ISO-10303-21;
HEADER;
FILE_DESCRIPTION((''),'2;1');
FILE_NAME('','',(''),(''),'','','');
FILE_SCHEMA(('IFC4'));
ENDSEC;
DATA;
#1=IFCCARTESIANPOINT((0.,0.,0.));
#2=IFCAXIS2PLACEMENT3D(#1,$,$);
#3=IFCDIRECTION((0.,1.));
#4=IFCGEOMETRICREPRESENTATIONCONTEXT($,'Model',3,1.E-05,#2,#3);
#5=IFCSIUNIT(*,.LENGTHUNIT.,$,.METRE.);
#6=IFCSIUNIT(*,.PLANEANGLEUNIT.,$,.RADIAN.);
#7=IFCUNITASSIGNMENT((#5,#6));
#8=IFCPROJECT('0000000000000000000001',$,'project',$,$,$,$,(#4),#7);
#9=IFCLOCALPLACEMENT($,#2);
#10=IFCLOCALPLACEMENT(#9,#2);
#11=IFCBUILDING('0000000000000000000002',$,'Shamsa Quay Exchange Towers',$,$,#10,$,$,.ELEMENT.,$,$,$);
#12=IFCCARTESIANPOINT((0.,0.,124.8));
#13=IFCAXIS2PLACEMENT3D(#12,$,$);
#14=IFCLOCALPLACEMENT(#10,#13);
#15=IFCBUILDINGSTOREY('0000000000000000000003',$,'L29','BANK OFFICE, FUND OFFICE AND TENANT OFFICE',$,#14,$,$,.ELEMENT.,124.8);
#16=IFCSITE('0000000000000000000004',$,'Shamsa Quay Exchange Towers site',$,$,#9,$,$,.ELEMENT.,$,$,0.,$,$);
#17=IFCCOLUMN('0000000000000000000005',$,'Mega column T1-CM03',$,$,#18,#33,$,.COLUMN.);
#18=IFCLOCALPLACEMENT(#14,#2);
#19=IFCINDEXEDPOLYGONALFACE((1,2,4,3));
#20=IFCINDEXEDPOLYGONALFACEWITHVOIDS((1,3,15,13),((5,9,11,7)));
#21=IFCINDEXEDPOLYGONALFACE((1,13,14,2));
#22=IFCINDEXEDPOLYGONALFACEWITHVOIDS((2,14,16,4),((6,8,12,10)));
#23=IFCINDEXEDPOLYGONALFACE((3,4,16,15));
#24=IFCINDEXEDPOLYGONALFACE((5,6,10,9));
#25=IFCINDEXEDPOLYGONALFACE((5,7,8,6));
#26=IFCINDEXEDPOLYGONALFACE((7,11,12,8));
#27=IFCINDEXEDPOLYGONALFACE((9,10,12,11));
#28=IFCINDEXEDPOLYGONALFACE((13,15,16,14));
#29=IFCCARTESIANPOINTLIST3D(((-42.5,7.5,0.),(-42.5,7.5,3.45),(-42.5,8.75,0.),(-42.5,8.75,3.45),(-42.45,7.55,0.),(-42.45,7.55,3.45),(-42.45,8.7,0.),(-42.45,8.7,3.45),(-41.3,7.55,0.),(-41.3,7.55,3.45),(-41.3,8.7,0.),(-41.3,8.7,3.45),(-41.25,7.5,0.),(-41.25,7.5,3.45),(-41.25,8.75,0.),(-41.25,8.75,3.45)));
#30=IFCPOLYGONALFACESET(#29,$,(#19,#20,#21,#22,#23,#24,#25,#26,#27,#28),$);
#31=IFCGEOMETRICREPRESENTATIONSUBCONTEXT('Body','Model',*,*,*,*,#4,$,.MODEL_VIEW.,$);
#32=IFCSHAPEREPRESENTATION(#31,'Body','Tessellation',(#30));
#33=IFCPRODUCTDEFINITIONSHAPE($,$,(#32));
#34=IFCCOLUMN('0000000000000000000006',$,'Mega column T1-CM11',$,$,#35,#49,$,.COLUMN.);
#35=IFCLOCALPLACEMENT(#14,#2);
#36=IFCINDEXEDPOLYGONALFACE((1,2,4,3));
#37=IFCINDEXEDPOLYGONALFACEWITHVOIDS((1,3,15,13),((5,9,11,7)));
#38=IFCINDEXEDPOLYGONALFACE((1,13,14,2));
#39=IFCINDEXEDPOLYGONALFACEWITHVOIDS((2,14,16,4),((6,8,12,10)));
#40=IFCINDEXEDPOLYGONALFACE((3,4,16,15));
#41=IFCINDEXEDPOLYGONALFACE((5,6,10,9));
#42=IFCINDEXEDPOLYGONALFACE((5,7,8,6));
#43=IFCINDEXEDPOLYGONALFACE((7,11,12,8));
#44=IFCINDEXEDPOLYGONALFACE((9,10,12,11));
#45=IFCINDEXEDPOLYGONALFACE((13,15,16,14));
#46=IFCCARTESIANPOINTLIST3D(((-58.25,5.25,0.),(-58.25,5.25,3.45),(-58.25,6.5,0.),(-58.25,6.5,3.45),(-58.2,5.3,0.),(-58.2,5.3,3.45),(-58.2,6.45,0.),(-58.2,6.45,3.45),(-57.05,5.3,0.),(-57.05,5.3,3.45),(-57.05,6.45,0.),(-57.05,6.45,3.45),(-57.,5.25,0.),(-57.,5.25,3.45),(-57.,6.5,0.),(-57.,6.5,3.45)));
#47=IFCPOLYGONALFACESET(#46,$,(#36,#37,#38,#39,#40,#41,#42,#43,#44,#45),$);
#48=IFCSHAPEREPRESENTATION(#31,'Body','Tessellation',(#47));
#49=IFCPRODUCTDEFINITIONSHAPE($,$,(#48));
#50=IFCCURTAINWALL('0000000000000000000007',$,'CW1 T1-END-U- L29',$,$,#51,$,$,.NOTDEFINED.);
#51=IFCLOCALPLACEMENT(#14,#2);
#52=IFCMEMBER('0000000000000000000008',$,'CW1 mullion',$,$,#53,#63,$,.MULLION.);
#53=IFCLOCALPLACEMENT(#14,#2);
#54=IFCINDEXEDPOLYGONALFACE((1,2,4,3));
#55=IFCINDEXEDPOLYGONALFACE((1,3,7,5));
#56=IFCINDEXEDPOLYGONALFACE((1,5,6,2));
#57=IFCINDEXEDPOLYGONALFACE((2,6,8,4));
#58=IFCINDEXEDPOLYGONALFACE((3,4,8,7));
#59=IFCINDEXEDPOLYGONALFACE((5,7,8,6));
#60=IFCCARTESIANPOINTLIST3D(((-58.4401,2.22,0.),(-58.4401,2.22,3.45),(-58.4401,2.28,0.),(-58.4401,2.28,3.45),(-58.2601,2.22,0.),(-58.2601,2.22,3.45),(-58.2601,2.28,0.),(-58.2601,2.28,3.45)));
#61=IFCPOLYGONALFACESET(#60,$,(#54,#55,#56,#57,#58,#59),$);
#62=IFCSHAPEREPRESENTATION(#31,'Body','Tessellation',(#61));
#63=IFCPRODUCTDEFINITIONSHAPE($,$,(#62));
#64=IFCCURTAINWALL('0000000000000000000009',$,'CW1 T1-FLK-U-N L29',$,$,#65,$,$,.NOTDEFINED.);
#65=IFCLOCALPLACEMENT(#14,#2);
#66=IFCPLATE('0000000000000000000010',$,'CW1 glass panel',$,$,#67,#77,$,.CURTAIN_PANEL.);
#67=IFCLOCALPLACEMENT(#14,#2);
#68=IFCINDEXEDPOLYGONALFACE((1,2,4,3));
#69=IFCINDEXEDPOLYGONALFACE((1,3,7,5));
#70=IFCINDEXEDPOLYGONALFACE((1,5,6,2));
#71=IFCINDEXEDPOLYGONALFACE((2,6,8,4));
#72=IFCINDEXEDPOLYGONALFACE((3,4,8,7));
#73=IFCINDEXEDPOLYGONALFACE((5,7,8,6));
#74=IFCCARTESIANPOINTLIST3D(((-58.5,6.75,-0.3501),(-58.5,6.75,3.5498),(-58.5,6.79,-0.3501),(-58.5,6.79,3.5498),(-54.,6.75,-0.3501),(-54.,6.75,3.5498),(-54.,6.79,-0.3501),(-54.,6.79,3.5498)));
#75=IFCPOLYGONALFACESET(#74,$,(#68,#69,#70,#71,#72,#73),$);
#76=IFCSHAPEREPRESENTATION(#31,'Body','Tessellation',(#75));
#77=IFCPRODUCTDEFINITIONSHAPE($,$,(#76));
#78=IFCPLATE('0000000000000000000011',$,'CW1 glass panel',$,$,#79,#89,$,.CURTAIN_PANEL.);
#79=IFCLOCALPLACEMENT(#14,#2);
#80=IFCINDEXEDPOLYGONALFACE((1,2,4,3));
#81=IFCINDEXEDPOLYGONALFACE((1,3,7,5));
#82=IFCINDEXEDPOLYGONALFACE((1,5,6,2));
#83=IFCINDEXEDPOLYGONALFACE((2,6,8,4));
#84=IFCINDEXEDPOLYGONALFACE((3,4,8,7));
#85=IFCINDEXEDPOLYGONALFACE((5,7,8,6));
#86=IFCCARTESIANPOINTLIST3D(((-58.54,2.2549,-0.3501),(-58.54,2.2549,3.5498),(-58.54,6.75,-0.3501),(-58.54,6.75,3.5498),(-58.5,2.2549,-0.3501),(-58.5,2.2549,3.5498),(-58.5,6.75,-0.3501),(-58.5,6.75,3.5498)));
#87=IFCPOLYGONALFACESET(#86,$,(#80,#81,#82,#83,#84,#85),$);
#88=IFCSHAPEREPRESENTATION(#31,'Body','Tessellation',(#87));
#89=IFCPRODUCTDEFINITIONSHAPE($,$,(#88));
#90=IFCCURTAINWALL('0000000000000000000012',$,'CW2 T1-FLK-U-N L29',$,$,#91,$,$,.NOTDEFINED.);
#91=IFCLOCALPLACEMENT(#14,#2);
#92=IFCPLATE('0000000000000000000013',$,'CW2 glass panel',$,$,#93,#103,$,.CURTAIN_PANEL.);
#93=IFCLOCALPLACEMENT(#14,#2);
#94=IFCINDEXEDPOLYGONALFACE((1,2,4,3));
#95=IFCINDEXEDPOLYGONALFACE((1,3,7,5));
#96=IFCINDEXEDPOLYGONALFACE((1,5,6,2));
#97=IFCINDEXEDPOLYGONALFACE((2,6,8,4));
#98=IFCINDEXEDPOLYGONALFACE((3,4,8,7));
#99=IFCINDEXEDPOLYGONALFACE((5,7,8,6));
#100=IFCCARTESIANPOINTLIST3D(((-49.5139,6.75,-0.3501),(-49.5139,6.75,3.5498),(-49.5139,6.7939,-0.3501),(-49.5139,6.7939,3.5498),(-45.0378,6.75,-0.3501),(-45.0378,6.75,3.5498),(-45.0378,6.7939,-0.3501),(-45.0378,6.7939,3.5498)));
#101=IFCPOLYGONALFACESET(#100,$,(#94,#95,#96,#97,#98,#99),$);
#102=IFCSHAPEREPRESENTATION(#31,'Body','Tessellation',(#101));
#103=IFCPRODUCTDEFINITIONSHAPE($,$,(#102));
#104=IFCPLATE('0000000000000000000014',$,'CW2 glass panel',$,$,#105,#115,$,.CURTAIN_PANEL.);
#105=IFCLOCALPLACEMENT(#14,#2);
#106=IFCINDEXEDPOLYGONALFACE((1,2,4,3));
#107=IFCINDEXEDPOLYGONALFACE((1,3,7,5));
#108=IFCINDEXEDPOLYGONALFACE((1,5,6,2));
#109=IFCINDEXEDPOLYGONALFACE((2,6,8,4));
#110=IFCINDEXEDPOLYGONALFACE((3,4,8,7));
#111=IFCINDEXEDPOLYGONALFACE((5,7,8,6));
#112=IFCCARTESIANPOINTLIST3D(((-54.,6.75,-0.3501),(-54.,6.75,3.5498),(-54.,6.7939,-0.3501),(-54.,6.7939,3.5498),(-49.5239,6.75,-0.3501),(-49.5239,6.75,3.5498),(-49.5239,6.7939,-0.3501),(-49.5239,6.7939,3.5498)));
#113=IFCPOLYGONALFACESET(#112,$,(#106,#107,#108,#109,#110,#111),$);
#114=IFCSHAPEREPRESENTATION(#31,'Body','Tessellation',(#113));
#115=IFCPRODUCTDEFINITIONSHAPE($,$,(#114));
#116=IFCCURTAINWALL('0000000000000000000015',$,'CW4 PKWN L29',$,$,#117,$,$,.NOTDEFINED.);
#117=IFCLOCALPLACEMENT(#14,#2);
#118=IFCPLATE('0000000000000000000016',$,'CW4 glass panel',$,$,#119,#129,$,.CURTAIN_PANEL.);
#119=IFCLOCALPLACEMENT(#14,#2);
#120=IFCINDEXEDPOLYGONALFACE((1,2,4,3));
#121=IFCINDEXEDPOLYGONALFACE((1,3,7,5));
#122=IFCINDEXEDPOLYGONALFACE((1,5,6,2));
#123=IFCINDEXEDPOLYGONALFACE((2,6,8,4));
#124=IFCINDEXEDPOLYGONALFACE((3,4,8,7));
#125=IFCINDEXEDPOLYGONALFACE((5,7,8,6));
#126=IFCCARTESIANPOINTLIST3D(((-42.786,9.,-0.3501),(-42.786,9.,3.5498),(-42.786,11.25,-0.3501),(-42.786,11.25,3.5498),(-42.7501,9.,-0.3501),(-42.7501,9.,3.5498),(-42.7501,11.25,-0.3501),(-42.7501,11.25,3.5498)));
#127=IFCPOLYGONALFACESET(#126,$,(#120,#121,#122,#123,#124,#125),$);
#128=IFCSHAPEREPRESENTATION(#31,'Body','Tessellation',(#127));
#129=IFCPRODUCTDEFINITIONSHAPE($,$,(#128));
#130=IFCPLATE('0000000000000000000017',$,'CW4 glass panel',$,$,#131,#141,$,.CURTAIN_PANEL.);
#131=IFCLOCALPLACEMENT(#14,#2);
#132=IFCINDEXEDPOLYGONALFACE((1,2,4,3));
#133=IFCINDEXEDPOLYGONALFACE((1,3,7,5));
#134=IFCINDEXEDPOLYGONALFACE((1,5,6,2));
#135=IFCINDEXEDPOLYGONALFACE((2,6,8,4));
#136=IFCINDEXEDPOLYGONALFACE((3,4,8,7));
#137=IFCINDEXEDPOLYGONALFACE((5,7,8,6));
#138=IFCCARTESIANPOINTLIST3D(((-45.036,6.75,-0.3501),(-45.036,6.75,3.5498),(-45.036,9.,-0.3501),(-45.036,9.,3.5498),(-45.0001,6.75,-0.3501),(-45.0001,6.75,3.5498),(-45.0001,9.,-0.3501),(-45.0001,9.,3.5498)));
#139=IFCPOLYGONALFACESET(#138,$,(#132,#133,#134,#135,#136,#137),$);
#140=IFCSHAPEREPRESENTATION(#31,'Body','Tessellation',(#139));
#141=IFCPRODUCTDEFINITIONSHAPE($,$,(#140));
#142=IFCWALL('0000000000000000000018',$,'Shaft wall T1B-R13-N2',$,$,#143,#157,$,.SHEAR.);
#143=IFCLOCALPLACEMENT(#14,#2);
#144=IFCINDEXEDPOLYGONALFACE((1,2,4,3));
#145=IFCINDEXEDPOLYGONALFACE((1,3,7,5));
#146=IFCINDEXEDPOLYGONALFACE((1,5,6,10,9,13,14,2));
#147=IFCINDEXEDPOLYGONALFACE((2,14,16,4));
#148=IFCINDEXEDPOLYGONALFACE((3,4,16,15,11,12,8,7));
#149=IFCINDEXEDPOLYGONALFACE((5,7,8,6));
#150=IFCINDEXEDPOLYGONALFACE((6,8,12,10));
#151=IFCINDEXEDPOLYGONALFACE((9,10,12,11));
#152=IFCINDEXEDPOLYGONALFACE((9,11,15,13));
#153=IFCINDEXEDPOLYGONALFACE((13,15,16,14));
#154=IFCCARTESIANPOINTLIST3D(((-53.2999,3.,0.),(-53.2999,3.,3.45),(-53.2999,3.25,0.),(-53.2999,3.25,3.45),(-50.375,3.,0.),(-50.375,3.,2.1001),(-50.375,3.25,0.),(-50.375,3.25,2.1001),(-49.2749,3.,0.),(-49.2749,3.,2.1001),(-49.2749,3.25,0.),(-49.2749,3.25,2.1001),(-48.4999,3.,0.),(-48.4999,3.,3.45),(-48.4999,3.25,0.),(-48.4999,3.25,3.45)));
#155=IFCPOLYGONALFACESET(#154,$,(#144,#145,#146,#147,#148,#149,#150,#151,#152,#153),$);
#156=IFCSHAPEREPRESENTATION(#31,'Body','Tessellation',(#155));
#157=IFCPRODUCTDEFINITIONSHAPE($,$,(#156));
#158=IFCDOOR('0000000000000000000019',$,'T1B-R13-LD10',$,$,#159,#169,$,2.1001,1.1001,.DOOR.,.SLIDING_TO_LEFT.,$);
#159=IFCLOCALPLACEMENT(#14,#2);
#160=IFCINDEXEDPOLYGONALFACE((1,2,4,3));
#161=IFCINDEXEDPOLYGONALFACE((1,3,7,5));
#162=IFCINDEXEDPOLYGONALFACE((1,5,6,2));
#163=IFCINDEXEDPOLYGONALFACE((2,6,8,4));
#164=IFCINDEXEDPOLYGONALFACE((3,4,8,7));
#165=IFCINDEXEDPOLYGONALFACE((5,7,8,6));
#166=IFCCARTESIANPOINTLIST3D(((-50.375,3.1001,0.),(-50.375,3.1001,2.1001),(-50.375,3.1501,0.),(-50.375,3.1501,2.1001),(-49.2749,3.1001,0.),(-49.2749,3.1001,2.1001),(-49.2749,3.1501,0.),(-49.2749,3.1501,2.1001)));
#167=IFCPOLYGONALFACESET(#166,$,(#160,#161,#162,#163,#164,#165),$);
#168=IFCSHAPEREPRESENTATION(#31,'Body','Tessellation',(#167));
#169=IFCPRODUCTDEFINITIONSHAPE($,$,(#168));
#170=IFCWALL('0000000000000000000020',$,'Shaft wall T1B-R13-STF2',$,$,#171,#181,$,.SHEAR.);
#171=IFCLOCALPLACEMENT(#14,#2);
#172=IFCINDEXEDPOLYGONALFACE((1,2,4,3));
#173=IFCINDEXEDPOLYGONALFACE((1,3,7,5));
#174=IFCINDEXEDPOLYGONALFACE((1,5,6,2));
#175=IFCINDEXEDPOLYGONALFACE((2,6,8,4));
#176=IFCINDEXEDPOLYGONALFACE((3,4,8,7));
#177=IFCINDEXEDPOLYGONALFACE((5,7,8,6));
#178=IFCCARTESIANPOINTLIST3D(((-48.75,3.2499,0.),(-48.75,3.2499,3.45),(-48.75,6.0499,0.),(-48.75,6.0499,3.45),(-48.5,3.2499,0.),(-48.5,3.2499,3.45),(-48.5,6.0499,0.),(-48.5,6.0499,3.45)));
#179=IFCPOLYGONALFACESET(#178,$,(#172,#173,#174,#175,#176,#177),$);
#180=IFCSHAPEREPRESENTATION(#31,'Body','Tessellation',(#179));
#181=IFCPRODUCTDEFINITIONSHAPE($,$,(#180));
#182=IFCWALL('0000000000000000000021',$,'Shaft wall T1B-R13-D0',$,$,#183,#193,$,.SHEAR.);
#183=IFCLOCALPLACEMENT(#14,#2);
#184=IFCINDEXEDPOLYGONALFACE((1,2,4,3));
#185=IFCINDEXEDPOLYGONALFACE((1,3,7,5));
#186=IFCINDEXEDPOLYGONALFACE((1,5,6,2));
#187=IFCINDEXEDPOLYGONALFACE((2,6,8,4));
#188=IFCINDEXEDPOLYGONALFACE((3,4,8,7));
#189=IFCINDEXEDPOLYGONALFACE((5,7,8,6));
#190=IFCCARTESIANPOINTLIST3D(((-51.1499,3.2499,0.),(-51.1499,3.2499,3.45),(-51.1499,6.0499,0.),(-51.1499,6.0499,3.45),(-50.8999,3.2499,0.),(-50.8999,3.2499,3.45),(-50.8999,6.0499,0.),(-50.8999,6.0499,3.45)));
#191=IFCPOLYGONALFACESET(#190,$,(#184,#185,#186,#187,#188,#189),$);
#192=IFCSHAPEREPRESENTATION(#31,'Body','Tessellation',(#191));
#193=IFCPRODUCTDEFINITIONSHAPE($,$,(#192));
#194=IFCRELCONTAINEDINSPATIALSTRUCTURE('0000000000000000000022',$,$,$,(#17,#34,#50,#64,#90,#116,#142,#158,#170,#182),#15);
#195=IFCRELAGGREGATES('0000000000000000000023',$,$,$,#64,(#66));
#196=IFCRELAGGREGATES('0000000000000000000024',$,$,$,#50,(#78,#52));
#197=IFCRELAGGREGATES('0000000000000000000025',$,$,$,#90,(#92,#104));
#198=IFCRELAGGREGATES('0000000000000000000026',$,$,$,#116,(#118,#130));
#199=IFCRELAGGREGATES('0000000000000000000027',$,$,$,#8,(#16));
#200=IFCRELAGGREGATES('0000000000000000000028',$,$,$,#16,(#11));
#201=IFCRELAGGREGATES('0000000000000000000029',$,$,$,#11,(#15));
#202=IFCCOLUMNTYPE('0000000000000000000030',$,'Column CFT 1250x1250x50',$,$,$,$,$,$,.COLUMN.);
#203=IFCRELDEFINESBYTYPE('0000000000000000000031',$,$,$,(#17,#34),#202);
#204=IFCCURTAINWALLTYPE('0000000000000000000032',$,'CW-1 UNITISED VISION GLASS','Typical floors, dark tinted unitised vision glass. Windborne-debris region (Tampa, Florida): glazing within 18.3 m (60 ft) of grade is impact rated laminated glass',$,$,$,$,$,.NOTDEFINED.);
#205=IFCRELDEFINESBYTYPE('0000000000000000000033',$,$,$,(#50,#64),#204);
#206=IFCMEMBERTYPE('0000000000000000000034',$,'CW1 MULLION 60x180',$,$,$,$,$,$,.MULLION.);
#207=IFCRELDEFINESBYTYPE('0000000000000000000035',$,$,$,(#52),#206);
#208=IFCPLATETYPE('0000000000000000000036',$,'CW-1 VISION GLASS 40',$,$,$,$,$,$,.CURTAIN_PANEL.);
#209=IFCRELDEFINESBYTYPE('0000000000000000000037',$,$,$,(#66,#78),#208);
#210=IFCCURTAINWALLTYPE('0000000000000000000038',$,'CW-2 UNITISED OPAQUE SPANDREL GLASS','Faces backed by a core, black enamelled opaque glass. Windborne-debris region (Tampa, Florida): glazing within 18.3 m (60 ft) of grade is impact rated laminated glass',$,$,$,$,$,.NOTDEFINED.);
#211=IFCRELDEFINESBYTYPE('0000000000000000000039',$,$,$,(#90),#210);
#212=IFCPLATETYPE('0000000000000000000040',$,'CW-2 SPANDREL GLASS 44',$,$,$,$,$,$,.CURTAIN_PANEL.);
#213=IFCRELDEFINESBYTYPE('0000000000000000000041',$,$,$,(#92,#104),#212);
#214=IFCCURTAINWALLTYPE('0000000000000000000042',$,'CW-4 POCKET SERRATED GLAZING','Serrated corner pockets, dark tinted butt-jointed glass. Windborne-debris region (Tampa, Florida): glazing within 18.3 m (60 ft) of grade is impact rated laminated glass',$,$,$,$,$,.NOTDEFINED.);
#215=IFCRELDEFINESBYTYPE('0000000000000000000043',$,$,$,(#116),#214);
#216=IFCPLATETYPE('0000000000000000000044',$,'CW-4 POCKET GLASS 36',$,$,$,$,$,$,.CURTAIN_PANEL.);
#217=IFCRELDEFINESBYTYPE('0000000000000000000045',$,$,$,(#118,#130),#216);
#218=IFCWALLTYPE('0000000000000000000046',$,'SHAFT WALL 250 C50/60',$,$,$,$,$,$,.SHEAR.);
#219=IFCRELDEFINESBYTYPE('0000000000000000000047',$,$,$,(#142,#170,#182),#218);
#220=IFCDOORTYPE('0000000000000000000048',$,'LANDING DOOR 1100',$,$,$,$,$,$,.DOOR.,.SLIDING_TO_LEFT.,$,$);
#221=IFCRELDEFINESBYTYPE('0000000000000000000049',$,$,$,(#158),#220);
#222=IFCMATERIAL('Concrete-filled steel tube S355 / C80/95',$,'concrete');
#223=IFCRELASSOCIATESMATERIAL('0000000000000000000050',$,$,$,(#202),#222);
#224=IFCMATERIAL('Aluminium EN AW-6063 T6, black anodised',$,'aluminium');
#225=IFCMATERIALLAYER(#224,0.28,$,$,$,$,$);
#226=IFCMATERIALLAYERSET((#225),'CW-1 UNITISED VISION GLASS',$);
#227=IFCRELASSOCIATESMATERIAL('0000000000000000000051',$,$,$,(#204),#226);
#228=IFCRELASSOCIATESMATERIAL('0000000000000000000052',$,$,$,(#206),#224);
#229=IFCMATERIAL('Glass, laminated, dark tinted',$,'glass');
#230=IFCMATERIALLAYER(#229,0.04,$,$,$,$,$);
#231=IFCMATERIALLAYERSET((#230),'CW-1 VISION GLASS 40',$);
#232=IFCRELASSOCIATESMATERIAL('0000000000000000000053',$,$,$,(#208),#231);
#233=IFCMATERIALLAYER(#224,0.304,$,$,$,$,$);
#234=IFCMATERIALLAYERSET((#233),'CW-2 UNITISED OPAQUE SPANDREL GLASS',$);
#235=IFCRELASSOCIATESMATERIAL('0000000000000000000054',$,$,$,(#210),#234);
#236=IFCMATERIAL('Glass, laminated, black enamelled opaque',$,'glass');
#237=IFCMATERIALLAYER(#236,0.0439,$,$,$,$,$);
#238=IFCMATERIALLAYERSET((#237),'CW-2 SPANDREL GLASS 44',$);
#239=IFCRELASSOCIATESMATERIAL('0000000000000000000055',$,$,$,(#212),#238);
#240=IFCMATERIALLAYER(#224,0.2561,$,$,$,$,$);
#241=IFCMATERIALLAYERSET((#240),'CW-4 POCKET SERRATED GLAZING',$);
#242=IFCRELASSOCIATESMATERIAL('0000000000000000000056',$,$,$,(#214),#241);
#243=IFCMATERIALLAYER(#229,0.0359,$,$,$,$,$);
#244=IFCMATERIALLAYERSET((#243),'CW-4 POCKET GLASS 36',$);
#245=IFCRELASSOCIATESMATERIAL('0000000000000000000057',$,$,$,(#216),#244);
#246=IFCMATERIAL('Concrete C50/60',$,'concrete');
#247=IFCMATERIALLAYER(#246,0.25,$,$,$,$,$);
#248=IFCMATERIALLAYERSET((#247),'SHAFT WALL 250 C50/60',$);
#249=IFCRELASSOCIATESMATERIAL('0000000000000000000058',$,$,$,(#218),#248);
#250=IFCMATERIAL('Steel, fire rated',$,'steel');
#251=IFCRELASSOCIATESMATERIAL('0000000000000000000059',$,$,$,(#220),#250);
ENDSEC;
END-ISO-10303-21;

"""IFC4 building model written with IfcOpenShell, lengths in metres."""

from ifc_helpers import new_model, si_unit, direction, frame, frame_2d, origin, origin_2d, place, context, subcontext, project, spatial, rectangle, hollow_rectangle, extrude, material, layer, layer_set, material_profile, profile_set, type_object, element, fill, aggregate, save


model = new_model("IFC4")

# Units and contexts
model_context = context("Model", 3, precision=1e-05, world=origin(), true_north=direction((0.0, 1.0)))
body_context = subcontext(model_context, "Body", "Model", "MODEL_VIEW")
ifc_project = project(units=[si_unit("LENGTHUNIT", "METRE"), si_unit("PLANEANGLEUNIT", "RADIAN")], contexts=[model_context])

# Site, building, storey
site_placement = place(None, origin())
site = spatial("IfcSite", under=ifc_project, at=site_placement, Name="Shamsa Quay Exchange Towers site", CompositionType="ELEMENT", RefElevation=0.0)
building_placement = place(site_placement, origin())
building = spatial("IfcBuilding", under=site, at=building_placement, Name="Shamsa Quay Exchange Towers", CompositionType="ELEMENT")
storey_placement = place(building_placement, frame((0.0, 0.0, 124.8)))
storey = spatial("IfcBuildingStorey", under=building, at=storey_placement, Name="L29", Description="BANK OFFICE, FUND OFFICE AND TENANT OFFICE", CompositionType="ELEMENT", Elevation=124.8)

# Columns
ifc_material_1 = material(Name="Concrete-filled steel tube S355 / C80/95", Category="concrete")
ifc_material_profile_1 = material_profile(ifc_material_1, hollow_rectangle(XDim=1.25, YDim=1.25, WallThickness=0.05, at=origin_2d()), Name="CFT 1250x1250x50")
ifc_profile_set_1 = profile_set([ifc_material_profile_1], Name="Concrete-filled steel tube S355 / C80/95")
column_type = type_object("IfcColumnType", Name="Column CFT 1250x1250x50", PredefinedType="COLUMN", material=ifc_profile_set_1)
for number, where, name in (
    (1, (-41.875, 8.125, 0.0), "Mega column T1-CM03"),
    (2, (-57.625, 5.875, 0.0), "Mega column T1-CM11"),
):
    element("IfcColumn", number, at=place(storey_placement, frame(where)), inside=storey, type_object=column_type, Name=name, PredefinedType="COLUMN", context=body_context, shape_type="SweptSolid", body=[
        extrude(hollow_rectangle(XDim=1.25, YDim=1.25, WallThickness=0.05, at=origin_2d()), origin(), (0.0, 0.0, 1.0), 3.45),
    ])

# Curtain wall, member
ifc_material_2 = material(Name="Aluminium EN AW-6063 T6, black anodised", Category="aluminium")
ifc_layer_1 = layer(ifc_material_2, 0.28)
ifc_layer_set_1 = layer_set([ifc_layer_1], Name="CW-1 UNITISED VISION GLASS")
curtain_wall_type_1 = type_object("IfcCurtainWallType", Name="CW-1 UNITISED VISION GLASS", Description="Typical floors, dark tinted unitised vision glass. Windborne-debris region (Tampa, Florida): glazing within 18.3 m (60 ft) of grade is impact rated laminated glass", PredefinedType="NOTDEFINED", material=ifc_layer_set_1)
curtain_wall_1_placement = place(storey_placement, origin())
curtain_wall_1 = element("IfcCurtainWall", 3, at=curtain_wall_1_placement, inside=storey, type_object=curtain_wall_type_1, Name="CW1 T1-END-U- L29", PredefinedType="NOTDEFINED")
ifc_material_profile_2 = material_profile(ifc_material_2, rectangle(XDim=0.1799, YDim=0.0601, at=origin_2d()), Name="MU60x180")
ifc_profile_set_2 = profile_set([ifc_material_profile_2], Name="Aluminium EN AW-6063 T6, black anodised")
member_type = type_object("IfcMemberType", Name="CW1 MULLION 60x180", PredefinedType="MULLION", material=ifc_profile_set_2)
member_placement = place(storey_placement, frame((-58.3501, 2.25, 0.0)))
member = element("IfcMember", 4, at=member_placement, type_object=member_type, Name="CW1 mullion", PredefinedType="MULLION", context=body_context, shape_type="SweptSolid", body=[
    extrude(rectangle(XDim=0.1799, YDim=0.0601, at=origin_2d()), origin(), (0.0, 0.0, 1.0), 3.45),
])

# Curtain wall, plate
curtain_wall_2_placement = place(storey_placement, origin())
curtain_wall_2 = element("IfcCurtainWall", 5, at=curtain_wall_2_placement, inside=storey, type_object=curtain_wall_type_1, Name="CW1 T1-FLK-U-N L29", PredefinedType="NOTDEFINED")
ifc_material_3 = material(Name="Glass, laminated, dark tinted", Category="glass")
ifc_layer_2 = layer(ifc_material_3, 0.04)
ifc_layer_set_2 = layer_set([ifc_layer_2], Name="CW-1 VISION GLASS 40")
plate_type_1 = type_object("IfcPlateType", Name="CW-1 VISION GLASS 40", PredefinedType="CURTAIN_PANEL", material=ifc_layer_set_2)
plate_1_placement = place(storey_placement, frame((-56.25, 6.77, -0.3501), z_axis=(0.0, 0.0, 1.0), x_axis=(-1.0, 0.0, 0.0)))
plate_1 = element("IfcPlate", 6, at=plate_1_placement, type_object=plate_type_1, Name="CW1 glass panel", PredefinedType="CURTAIN_PANEL", context=body_context, shape_type="SweptSolid", body=[
    extrude(rectangle(XDim=4.5, YDim=0.04, at=origin_2d()), origin(), (0.0, 0.0, 1.0), 3.8999),
])
aggregate(curtain_wall_2, [plate_1])

# Plate
plate_2_placement = place(storey_placement, frame((-58.52, 4.5024, -0.3501), z_axis=(0.0, 0.0, 1.0), x_axis=(0.0, -1.0, 0.0)))
plate_2 = element("IfcPlate", 7, at=plate_2_placement, type_object=plate_type_1, Name="CW1 glass panel", PredefinedType="CURTAIN_PANEL", context=body_context, shape_type="SweptSolid", body=[
    extrude(rectangle(XDim=4.4951, YDim=0.04, at=origin_2d()), origin(), (0.0, 0.0, 1.0), 3.8999),
])
aggregate(curtain_wall_1, [plate_2, member])

# Curtain walls, plates
ifc_layer_3 = layer(ifc_material_2, 0.304)
ifc_layer_set_3 = layer_set([ifc_layer_3], Name="CW-2 UNITISED OPAQUE SPANDREL GLASS")
curtain_wall_type_2 = type_object("IfcCurtainWallType", Name="CW-2 UNITISED OPAQUE SPANDREL GLASS", Description="Faces backed by a core, black enamelled opaque glass. Windborne-debris region (Tampa, Florida): glazing within 18.3 m (60 ft) of grade is impact rated laminated glass", PredefinedType="NOTDEFINED", material=ifc_layer_set_3)
curtain_wall_3_placement = place(storey_placement, origin())
curtain_wall_3 = element("IfcCurtainWall", 8, at=curtain_wall_3_placement, inside=storey, type_object=curtain_wall_type_2, Name="CW2 T1-FLK-U-N L29", PredefinedType="NOTDEFINED")
ifc_material_4 = material(Name="Glass, laminated, black enamelled opaque", Category="glass")
ifc_layer_4 = layer(ifc_material_4, 0.0439)
ifc_layer_set_4 = layer_set([ifc_layer_4], Name="CW-2 SPANDREL GLASS 44")
plate_type_2 = type_object("IfcPlateType", Name="CW-2 SPANDREL GLASS 44", PredefinedType="CURTAIN_PANEL", material=ifc_layer_set_4)
plate_3_placement = place(storey_placement, frame((-47.2759, 6.772, -0.3501), z_axis=(0.0, 0.0, 1.0), x_axis=(-1.0, 0.0, 0.0)))
plate_3 = element("IfcPlate", 9, at=plate_3_placement, type_object=plate_type_2, Name="CW2 glass panel", PredefinedType="CURTAIN_PANEL", context=body_context, shape_type="SweptSolid", body=[
    extrude(rectangle(XDim=4.4761, YDim=0.0439, at=origin_2d()), origin(), (0.0, 0.0, 1.0), 3.8999),
])
plate_4_placement = place(storey_placement, frame((-51.762, 6.772, -0.3501), z_axis=(0.0, 0.0, 1.0), x_axis=(-1.0, 0.0, 0.0)))
plate_4 = element("IfcPlate", 10, at=plate_4_placement, type_object=plate_type_2, Name="CW2 glass panel", PredefinedType="CURTAIN_PANEL", context=body_context, shape_type="SweptSolid", body=[
    extrude(rectangle(XDim=4.4761, YDim=0.0439, at=origin_2d()), origin(), (0.0, 0.0, 1.0), 3.8999),
])
aggregate(curtain_wall_3, [plate_3, plate_4])
ifc_layer_5 = layer(ifc_material_2, 0.2561)
ifc_layer_set_5 = layer_set([ifc_layer_5], Name="CW-4 POCKET SERRATED GLAZING")
curtain_wall_type_3 = type_object("IfcCurtainWallType", Name="CW-4 POCKET SERRATED GLAZING", Description="Serrated corner pockets, dark tinted butt-jointed glass. Windborne-debris region (Tampa, Florida): glazing within 18.3 m (60 ft) of grade is impact rated laminated glass", PredefinedType="NOTDEFINED", material=ifc_layer_set_5)
curtain_wall_4_placement = place(storey_placement, origin())
curtain_wall_4 = element("IfcCurtainWall", 11, at=curtain_wall_4_placement, inside=storey, type_object=curtain_wall_type_3, Name="CW4 PKWN L29", PredefinedType="NOTDEFINED")
ifc_layer_6 = layer(ifc_material_3, 0.0359)
ifc_layer_set_6 = layer_set([ifc_layer_6], Name="CW-4 POCKET GLASS 36")
plate_type_3 = type_object("IfcPlateType", Name="CW-4 POCKET GLASS 36", PredefinedType="CURTAIN_PANEL", material=ifc_layer_set_6)
plate_5_placement = place(storey_placement, frame((-42.7681, 10.125, -0.3501), z_axis=(0.0, 0.0, 1.0), x_axis=(0.0, -1.0, 0.0)))
plate_5 = element("IfcPlate", 12, at=plate_5_placement, type_object=plate_type_3, Name="CW4 glass panel", PredefinedType="CURTAIN_PANEL", context=body_context, shape_type="SweptSolid", body=[
    extrude(rectangle(XDim=2.25, YDim=0.0359, at=origin_2d()), origin(), (0.0, 0.0, 1.0), 3.8999),
])
plate_6_placement = place(storey_placement, frame((-45.0181, 7.875, -0.3501), z_axis=(0.0, 0.0, 1.0), x_axis=(0.0, -1.0, 0.0)))
plate_6 = element("IfcPlate", 13, at=plate_6_placement, type_object=plate_type_3, Name="CW4 glass panel", PredefinedType="CURTAIN_PANEL", context=body_context, shape_type="SweptSolid", body=[
    extrude(rectangle(XDim=2.25, YDim=0.0359, at=origin_2d()), origin(), (0.0, 0.0, 1.0), 3.8999),
])
aggregate(curtain_wall_4, [plate_5, plate_6])

# Wall, opening, door
ifc_material_5 = material(Name="Concrete C50/60", Category="concrete")
ifc_layer_7 = layer(ifc_material_5, 0.25)
ifc_layer_set_7 = layer_set([ifc_layer_7], Name="SHAFT WALL 250 C50/60")
wall_type_1 = type_object("IfcWallType", Name="SHAFT WALL 250 C50/60", PredefinedType="SHEAR", material=ifc_layer_set_7)
wall_1_placement = place(storey_placement, frame((-48.5, 3.125, 0.0), z_axis=(0.0, 0.0, 1.0), x_axis=(-1.0, 0.0, 0.0)))
wall_1 = element("IfcWall", 14, at=wall_1_placement, inside=storey, type_object=wall_type_1, Name="Shaft wall T1B-R13-N2", PredefinedType="SHEAR", context=body_context, shape_type="SweptSolid", body=[
    extrude(rectangle(XDim=4.8, YDim=0.25, at=frame_2d((2.3999, 0.0))), origin(), (0.0, 0.0, 1.0), 3.45),
])
opening_1_placement = place(wall_1_placement, frame((0.7749, 0.0, 0.0)))
opening_1 = element("IfcOpeningElement", 15, at=opening_1_placement, cuts=wall_1, PredefinedType="OPENING", context=body_context, shape_type="SweptSolid", body=[
    extrude(rectangle(XDim=1.1001, YDim=2.1001, at=frame_2d((0.55, 1.05))), frame((0.0, 0.135, 0.0), z_axis=(0.0, -1.0, 0.0), x_axis=(1.0, 0.0, 0.0)), (0.0, 0.0, 1.0), 0.27),
])
ifc_material_6 = material(Name="Steel, fire rated", Category="steel")
door_type_1 = type_object("IfcDoorType", Name="LANDING DOOR 1100", OperationType="SLIDING_TO_LEFT", PredefinedType="DOOR", material=ifc_material_6)
door_1_placement = place(opening_1_placement, origin())
door_1 = element("IfcDoor", 16, at=door_1_placement, inside=storey, type_object=door_type_1, Name="T1B-R13-LD10", OperationType="SLIDING_TO_LEFT", OverallHeight=2.1001, OverallWidth=1.1001, PredefinedType="DOOR", context=body_context, shape_type="SweptSolid", body=[
    extrude(rectangle(XDim=1.1001, YDim=2.1001, at=frame_2d((0.55, 1.05))), frame((0.0, 0.0249, 0.0), z_axis=(0.0, -1.0, 0.0), x_axis=(1.0, 0.0, 0.0)), (0.0, 0.0, 1.0), 0.05),
])
fill(opening_1, door_1)

# Walls
for number, where, z_axis, x_axis, name in (
    (17, (-48.625, 3.25, 0.0), (0.0, 0.0, 1.0), (0.0, 1.0, 0.0), "Shaft wall T1B-R13-STF2"),
    (18, (-51.0249, 3.25, 0.0), (0.0, 0.0, 1.0), (0.0, 1.0, 0.0), "Shaft wall T1B-R13-D0"),
):
    element("IfcWall", number, at=place(storey_placement, frame(where, z_axis=z_axis, x_axis=x_axis)), inside=storey, type_object=wall_type_1, Name=name, PredefinedType="SHEAR", context=body_context, shape_type="SweptSolid", body=[
        extrude(rectangle(XDim=2.8, YDim=0.25, at=frame_2d((1.3999, 0.0))), origin(), (0.0, 0.0, 1.0), 3.45),
    ])

save(model, "model.ifc")
